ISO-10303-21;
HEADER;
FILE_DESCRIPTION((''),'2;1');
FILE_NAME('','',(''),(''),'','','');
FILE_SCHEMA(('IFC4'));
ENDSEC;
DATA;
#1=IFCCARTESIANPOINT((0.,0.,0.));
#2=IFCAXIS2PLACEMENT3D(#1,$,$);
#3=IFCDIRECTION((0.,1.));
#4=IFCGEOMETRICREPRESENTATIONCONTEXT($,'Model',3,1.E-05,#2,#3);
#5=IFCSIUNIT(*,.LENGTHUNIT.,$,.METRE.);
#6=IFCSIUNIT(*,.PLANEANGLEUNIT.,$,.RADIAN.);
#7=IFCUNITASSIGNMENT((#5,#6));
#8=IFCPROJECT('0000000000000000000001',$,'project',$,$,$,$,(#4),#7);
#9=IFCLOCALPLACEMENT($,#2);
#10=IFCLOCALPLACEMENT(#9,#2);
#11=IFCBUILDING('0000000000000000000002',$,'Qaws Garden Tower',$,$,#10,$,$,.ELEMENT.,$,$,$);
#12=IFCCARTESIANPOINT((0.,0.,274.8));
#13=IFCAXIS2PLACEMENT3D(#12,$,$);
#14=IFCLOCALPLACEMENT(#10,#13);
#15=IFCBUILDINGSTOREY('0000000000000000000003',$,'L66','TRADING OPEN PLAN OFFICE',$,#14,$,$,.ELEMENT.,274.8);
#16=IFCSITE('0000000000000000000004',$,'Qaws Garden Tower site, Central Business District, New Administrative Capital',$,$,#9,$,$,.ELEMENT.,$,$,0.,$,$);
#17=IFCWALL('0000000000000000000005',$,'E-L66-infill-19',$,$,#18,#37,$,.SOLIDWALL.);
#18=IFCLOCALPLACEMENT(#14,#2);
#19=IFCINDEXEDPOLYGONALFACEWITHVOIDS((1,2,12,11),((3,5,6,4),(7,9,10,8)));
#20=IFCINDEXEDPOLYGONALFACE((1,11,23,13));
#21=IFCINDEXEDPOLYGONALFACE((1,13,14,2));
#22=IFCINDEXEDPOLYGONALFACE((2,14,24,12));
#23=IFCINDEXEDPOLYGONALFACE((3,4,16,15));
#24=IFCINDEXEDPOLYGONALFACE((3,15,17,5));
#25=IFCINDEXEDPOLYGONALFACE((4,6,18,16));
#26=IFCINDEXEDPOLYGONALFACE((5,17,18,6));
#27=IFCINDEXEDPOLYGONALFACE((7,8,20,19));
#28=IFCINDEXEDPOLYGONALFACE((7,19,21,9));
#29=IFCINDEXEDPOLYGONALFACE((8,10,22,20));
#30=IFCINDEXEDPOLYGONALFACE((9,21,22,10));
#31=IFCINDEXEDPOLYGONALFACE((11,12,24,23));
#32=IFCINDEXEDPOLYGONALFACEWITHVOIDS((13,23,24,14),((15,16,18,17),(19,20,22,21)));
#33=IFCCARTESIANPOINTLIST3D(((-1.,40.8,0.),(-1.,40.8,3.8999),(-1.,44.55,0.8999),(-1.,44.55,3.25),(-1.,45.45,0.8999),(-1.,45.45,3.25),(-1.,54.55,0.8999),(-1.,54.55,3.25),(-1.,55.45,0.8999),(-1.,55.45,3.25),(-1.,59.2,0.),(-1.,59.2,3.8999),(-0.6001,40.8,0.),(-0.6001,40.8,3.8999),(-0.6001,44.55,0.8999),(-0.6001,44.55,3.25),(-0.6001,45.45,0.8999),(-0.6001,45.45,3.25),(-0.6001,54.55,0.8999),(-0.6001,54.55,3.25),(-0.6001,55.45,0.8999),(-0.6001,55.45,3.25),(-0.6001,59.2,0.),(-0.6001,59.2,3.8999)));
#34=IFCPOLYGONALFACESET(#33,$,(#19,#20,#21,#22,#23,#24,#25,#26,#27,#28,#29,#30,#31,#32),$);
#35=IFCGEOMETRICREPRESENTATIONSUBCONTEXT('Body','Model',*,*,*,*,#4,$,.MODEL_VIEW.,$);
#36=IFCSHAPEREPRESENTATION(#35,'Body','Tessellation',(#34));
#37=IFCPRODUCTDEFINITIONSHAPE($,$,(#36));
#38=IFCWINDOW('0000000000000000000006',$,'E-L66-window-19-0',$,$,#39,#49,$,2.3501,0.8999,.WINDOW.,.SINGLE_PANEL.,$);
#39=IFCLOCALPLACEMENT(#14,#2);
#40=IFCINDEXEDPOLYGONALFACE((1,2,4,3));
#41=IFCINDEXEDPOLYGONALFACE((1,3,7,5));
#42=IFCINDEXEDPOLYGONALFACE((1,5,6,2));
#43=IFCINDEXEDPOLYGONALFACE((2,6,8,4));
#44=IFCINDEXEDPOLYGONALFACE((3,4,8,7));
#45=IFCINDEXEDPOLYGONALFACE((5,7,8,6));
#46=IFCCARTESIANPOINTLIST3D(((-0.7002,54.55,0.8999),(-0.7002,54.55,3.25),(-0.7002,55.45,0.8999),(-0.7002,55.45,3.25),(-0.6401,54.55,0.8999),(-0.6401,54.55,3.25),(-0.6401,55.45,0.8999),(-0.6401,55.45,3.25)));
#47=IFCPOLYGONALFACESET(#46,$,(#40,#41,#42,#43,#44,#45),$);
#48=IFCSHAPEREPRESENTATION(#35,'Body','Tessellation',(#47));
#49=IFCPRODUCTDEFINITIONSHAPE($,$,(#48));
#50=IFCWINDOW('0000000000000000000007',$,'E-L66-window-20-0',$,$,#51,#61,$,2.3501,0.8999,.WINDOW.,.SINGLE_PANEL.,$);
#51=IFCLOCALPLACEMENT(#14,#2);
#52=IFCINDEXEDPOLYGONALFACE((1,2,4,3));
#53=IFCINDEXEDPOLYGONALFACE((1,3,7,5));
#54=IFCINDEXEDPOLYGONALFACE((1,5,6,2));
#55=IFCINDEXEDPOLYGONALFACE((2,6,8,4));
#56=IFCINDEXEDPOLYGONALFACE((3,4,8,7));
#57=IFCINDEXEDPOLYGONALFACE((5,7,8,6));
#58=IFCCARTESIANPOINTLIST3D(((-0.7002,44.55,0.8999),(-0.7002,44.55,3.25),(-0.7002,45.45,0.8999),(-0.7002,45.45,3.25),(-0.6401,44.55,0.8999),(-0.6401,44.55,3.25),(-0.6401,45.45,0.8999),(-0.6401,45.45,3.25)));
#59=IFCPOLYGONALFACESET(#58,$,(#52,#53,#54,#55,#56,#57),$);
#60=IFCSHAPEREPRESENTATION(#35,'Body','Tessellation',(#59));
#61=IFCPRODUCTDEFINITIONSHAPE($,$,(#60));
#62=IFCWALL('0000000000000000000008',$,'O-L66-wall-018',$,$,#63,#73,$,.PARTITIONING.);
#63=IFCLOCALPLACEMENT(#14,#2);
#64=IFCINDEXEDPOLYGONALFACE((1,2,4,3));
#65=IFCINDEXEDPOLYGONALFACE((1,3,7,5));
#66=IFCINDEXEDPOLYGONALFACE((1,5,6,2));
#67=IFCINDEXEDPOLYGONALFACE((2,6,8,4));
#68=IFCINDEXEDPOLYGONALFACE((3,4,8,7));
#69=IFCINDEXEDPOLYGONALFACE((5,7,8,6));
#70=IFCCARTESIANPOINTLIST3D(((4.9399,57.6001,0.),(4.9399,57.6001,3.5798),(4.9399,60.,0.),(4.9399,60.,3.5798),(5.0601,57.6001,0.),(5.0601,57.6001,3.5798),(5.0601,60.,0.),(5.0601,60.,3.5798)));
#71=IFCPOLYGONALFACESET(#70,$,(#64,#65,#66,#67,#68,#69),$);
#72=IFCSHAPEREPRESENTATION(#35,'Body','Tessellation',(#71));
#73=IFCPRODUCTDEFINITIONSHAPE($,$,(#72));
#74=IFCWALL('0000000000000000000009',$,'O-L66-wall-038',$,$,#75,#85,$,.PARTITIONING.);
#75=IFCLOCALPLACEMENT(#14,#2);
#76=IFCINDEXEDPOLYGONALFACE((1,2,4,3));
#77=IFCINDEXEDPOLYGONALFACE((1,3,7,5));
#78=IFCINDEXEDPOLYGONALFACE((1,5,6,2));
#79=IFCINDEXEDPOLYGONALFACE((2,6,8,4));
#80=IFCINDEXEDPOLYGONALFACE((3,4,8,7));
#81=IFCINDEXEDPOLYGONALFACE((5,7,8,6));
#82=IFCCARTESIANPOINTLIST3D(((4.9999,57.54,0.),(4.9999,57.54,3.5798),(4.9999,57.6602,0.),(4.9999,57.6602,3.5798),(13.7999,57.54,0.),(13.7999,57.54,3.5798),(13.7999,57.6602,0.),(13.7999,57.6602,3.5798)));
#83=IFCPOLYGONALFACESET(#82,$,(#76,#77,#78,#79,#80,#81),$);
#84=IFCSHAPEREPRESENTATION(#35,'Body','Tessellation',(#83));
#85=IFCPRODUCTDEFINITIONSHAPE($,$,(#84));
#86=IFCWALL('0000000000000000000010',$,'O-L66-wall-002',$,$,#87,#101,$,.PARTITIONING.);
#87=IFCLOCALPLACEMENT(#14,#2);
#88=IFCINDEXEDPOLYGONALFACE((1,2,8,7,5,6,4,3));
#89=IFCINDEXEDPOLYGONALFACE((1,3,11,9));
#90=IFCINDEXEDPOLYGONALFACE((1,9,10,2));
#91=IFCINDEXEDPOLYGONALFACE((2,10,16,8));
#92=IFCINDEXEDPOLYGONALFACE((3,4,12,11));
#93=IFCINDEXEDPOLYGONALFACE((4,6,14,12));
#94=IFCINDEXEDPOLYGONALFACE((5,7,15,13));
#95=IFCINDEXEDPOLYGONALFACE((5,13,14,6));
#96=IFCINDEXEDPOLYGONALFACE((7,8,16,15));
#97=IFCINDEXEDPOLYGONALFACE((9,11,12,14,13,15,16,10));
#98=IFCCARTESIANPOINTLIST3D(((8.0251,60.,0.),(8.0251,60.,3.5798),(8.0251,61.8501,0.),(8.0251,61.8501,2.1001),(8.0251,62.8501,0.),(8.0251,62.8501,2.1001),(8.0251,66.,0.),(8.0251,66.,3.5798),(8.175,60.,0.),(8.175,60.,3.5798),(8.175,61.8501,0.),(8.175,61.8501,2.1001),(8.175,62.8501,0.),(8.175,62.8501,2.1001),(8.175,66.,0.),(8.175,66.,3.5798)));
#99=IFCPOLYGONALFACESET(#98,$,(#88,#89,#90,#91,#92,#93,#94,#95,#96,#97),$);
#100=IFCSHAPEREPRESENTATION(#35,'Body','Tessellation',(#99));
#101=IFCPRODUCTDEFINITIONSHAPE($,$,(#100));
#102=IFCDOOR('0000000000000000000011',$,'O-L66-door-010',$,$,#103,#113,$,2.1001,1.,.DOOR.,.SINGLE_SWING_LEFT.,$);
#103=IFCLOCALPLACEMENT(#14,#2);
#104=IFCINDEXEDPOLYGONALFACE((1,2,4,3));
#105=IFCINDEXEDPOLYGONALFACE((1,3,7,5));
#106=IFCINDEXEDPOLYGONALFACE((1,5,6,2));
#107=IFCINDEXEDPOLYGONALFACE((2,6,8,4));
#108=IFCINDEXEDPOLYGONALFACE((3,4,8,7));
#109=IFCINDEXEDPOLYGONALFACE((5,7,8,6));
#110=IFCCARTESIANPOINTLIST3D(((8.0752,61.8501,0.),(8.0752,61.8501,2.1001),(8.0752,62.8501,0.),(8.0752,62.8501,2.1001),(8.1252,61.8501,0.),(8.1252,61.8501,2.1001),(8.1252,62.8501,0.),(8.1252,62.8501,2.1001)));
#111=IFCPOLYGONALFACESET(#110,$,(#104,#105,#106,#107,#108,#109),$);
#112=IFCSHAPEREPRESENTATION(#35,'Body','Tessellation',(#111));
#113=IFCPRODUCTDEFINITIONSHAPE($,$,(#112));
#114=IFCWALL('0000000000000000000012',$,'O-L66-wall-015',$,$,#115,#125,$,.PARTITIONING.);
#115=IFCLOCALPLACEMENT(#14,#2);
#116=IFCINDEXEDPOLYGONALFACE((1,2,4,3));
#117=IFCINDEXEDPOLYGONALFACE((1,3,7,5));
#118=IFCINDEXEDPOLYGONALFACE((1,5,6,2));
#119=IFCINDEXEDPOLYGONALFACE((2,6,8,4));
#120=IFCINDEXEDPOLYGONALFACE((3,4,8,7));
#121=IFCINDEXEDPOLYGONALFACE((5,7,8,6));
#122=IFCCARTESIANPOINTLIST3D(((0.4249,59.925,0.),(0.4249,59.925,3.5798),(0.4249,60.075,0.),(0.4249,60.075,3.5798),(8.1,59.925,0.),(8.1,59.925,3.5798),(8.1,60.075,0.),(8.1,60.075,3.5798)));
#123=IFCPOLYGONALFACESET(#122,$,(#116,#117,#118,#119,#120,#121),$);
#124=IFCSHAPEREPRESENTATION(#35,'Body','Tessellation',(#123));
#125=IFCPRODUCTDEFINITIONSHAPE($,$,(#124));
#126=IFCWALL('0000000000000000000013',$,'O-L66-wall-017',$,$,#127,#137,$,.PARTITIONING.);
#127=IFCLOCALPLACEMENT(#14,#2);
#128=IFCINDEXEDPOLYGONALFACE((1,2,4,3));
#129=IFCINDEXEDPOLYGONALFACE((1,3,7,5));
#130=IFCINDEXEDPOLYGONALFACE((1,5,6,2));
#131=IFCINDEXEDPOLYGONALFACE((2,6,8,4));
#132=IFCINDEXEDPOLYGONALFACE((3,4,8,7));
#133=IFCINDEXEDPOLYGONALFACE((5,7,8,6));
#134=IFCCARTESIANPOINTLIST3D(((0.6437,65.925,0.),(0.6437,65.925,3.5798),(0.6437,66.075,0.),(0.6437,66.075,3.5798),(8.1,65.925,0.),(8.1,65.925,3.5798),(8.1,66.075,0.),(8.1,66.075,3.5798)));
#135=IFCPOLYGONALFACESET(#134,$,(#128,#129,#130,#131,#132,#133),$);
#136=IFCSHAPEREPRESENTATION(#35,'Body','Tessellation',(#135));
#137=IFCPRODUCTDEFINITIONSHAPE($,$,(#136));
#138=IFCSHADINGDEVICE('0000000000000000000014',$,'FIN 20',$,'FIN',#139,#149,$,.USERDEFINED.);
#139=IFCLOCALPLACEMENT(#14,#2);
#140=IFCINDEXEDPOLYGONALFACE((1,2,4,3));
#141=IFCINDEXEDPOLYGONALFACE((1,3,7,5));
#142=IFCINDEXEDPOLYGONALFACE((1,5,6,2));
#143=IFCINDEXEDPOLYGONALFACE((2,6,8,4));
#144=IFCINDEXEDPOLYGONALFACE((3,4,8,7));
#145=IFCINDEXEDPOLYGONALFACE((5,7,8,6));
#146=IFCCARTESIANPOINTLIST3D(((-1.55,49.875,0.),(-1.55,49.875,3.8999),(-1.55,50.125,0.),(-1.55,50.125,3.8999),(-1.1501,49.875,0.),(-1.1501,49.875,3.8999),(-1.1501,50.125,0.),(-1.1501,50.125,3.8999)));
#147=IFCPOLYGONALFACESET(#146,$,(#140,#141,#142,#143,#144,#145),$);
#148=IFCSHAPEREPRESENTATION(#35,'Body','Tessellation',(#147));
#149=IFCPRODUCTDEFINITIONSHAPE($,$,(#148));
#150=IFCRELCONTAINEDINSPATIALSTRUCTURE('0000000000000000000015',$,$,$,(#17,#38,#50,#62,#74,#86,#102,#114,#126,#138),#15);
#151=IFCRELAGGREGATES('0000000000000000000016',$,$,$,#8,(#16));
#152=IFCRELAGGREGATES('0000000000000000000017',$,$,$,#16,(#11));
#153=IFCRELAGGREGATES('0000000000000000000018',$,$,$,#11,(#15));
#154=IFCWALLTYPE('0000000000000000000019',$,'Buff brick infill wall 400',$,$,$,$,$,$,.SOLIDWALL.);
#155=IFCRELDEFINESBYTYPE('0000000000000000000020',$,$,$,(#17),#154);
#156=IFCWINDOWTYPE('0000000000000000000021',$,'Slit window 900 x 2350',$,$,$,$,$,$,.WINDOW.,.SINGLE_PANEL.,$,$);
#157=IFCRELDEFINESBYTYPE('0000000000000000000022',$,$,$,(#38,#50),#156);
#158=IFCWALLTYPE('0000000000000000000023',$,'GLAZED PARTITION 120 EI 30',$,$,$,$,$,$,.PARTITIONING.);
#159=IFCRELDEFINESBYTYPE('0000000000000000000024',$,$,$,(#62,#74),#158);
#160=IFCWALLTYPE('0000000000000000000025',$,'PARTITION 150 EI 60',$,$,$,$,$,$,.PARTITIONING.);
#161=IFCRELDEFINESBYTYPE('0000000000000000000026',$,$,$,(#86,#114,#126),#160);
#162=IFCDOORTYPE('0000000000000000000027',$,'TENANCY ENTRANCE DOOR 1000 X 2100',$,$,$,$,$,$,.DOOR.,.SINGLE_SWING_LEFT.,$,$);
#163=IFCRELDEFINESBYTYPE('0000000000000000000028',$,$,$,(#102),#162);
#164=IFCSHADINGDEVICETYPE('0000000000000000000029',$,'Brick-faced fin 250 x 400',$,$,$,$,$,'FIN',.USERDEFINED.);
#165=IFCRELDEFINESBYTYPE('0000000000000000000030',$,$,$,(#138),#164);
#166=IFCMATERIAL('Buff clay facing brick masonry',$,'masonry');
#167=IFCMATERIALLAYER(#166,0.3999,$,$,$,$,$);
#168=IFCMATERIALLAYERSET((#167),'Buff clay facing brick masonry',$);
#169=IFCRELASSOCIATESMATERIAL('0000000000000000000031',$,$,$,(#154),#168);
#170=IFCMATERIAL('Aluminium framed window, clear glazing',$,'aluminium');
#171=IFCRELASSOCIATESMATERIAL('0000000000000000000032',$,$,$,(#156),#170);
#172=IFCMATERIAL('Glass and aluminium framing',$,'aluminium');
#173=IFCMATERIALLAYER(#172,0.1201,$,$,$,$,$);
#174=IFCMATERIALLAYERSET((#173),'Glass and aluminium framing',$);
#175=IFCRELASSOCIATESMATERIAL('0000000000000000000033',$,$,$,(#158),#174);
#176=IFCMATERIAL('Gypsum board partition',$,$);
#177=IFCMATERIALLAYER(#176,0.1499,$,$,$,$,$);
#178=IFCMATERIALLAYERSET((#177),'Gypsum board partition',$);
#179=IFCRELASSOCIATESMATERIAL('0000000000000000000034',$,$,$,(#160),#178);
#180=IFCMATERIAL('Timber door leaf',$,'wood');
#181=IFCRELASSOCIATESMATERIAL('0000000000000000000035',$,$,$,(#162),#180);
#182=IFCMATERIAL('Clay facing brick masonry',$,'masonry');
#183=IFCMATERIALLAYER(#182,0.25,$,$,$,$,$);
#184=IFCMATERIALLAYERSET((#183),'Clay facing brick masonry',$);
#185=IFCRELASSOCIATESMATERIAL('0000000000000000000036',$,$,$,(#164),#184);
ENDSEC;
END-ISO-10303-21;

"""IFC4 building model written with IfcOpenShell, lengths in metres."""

from ifc_helpers import new_model, si_unit, direction, frame, frame_2d, origin, origin_2d, place, context, subcontext, project, spatial, rectangle, extrude, material, layer, layer_set, type_object, element, fill, save


model = new_model("IFC4")

# Units and contexts
model_context = context("Model", 3, precision=1e-05, world=origin(), true_north=direction((0.0, 1.0)))
body_context = subcontext(model_context, "Body", "Model", "MODEL_VIEW")
ifc_project = project(units=[si_unit("LENGTHUNIT", "METRE"), si_unit("PLANEANGLEUNIT", "RADIAN")], contexts=[model_context])

# Site, building, storey
site_placement = place(None, origin())
site = spatial("IfcSite", under=ifc_project, at=site_placement, Name="Qaws Garden Tower site, Central Business District, New Administrative Capital", CompositionType="ELEMENT", RefElevation=0.0)
building_placement = place(site_placement, origin())
building = spatial("IfcBuilding", under=site, at=building_placement, Name="Qaws Garden Tower", CompositionType="ELEMENT")
storey_placement = place(building_placement, frame((0.0, 0.0, 274.8)))
storey = spatial("IfcBuildingStorey", under=building, at=storey_placement, Name="L66", Description="TRADING OPEN PLAN OFFICE", CompositionType="ELEMENT", Elevation=274.8)

# Shared definitions
ifc_material_1 = material(Name="Buff clay facing brick masonry", Category="masonry")
ifc_layer_1 = layer(ifc_material_1, 0.3999)
ifc_layer_set_1 = layer_set([ifc_layer_1], Name="Buff clay facing brick masonry")
wall_type_1 = type_object("IfcWallType", Name="Buff brick infill wall 400", PredefinedType="SOLIDWALL", material=ifc_layer_set_1)

# Wall, openings, windows
wall_1_placement = place(storey_placement, frame((-0.8, 59.2, 0.0), z_axis=(0.0, 0.0, 1.0), x_axis=(0.0, -1.0, 0.0)))
wall_1 = element("IfcWall", 1, at=wall_1_placement, inside=storey, type_object=wall_type_1, Name="E-L66-infill-19", PredefinedType="SOLIDWALL", context=body_context, shape_type="SweptSolid", body=[
    extrude(rectangle(XDim=18.3999, YDim=0.3999, at=frame_2d((9.2, 0.0))), origin(), (0.0, 0.0, 1.0), 3.8999),
])
opening_1_placement = place(wall_1_placement, frame((3.75, 0.0, 0.8999)))
opening_1 = element("IfcOpeningElement", 2, at=opening_1_placement, cuts=wall_1, PredefinedType="OPENING", context=body_context, shape_type="SweptSolid", body=[
    extrude(rectangle(XDim=0.8999, YDim=2.3501, at=frame_2d((0.45, 1.175))), frame((0.0, 0.21, 0.0), z_axis=(0.0, -1.0, 0.0), x_axis=(1.0, 0.0, 0.0)), (0.0, 0.0, 1.0), 0.4199),
])
opening_2_placement = place(wall_1_placement, frame((13.75, 0.0, 0.8999)))
opening_2 = element("IfcOpeningElement", 3, at=opening_2_placement, cuts=wall_1, PredefinedType="OPENING", context=body_context, shape_type="SweptSolid", body=[
    extrude(rectangle(XDim=0.8999, YDim=2.3501, at=frame_2d((0.45, 1.175))), frame((0.0, 0.21, 0.0), z_axis=(0.0, -1.0, 0.0), x_axis=(1.0, 0.0, 0.0)), (0.0, 0.0, 1.0), 0.4199),
])
ifc_material_2 = material(Name="Aluminium framed window, clear glazing", Category="aluminium")
window_type_1 = type_object("IfcWindowType", Name="Slit window 900 x 2350", PartitioningType="SINGLE_PANEL", PredefinedType="WINDOW", material=ifc_material_2)
window_1_placement = place(opening_1_placement, origin())
window_1 = element("IfcWindow", 4, at=window_1_placement, inside=storey, type_object=window_type_1, Name="E-L66-window-19-0", OverallHeight=2.3501, OverallWidth=0.8999, PartitioningType="SINGLE_PANEL", PredefinedType="WINDOW", context=body_context, shape_type="SweptSolid", body=[
    extrude(rectangle(XDim=0.8999, YDim=2.3501, at=frame_2d((0.45, 1.175))), frame((0.0, 0.1599, 0.0), z_axis=(0.0, -1.0, 0.0), x_axis=(1.0, 0.0, 0.0)), (0.0, 0.0, 1.0), 0.0601),
])
fill(opening_1, window_1)
window_2_placement = place(opening_2_placement, origin())
window_2 = element("IfcWindow", 5, at=window_2_placement, inside=storey, type_object=window_type_1, Name="E-L66-window-20-0", OverallHeight=2.3501, OverallWidth=0.8999, PartitioningType="SINGLE_PANEL", PredefinedType="WINDOW", context=body_context, shape_type="SweptSolid", body=[
    extrude(rectangle(XDim=0.8999, YDim=2.3501, at=frame_2d((0.45, 1.175))), frame((0.0, 0.1599, 0.0), z_axis=(0.0, -1.0, 0.0), x_axis=(1.0, 0.0, 0.0)), (0.0, 0.0, 1.0), 0.0601),
])
fill(opening_2, window_2)

# Walls
ifc_material_3 = material(Name="Glass and aluminium framing", Category="aluminium")
ifc_layer_2 = layer(ifc_material_3, 0.1201)
ifc_layer_set_2 = layer_set([ifc_layer_2], Name="Glass and aluminium framing")
wall_type_2 = type_object("IfcWallType", Name="GLAZED PARTITION 120 EI 30", PredefinedType="PARTITIONING", material=ifc_layer_set_2)
wall_2_placement = place(storey_placement, frame((5.0, 57.6001, 0.0), z_axis=(0.0, 0.0, 1.0), x_axis=(0.0, 1.0, 0.0)))
element("IfcWall", 6, at=wall_2_placement, inside=storey, type_object=wall_type_2, Name="O-L66-wall-018", PredefinedType="PARTITIONING", context=body_context, shape_type="SweptSolid", body=[
    extrude(rectangle(XDim=2.3999, YDim=0.1201, at=frame_2d((1.2, 0.0))), origin(), (0.0, 0.0, 1.0), 3.5798),
])
wall_3_placement = place(storey_placement, frame((5.0, 57.6001, 0.0), z_axis=(0.0, 0.0, 1.0), x_axis=(1.0, 0.0, 0.0)))
element("IfcWall", 7, at=wall_3_placement, inside=storey, type_object=wall_type_2, Name="O-L66-wall-038", PredefinedType="PARTITIONING", context=body_context, shape_type="SweptSolid", body=[
    extrude(rectangle(XDim=8.8, YDim=0.1201, at=frame_2d((4.3999, 0.0))), origin(), (0.0, 0.0, 1.0), 3.5798),
])

# Wall, opening, door
ifc_material_4 = material(Name="Gypsum board partition")
ifc_layer_3 = layer(ifc_material_4, 0.1499)
ifc_layer_set_3 = layer_set([ifc_layer_3], Name="Gypsum board partition")
wall_type_3 = type_object("IfcWallType", Name="PARTITION 150 EI 60", PredefinedType="PARTITIONING", material=ifc_layer_set_3)
wall_4_placement = place(storey_placement, frame((8.1001, 60.0, 0.0), z_axis=(0.0, 0.0, 1.0), x_axis=(0.0, 1.0, 0.0)))
wall_4 = element("IfcWall", 8, at=wall_4_placement, inside=storey, type_object=wall_type_3, Name="O-L66-wall-002", PredefinedType="PARTITIONING", context=body_context, shape_type="SweptSolid", body=[
    extrude(rectangle(XDim=6.0, YDim=0.1499, at=frame_2d((3.0, 0.0))), origin(), (0.0, 0.0, 1.0), 3.5798),
])
opening_3_placement = place(wall_4_placement, frame((1.8501, 0.0, 0.0)))
opening_3 = element("IfcOpeningElement", 9, at=opening_3_placement, cuts=wall_4, PredefinedType="OPENING", context=body_context, shape_type="SweptSolid", body=[
    extrude(rectangle(XDim=1.0, YDim=2.1001, at=frame_2d((0.5, 1.05))), frame((0.0, 0.085, 0.0), z_axis=(0.0, -1.0, 0.0), x_axis=(1.0, 0.0, 0.0)), (0.0, 0.0, 1.0), 0.1699),
])
ifc_material_5 = material(Name="Timber door leaf", Category="wood")
door_type = type_object("IfcDoorType", Name="TENANCY ENTRANCE DOOR 1000 X 2100", OperationType="SINGLE_SWING_LEFT", PredefinedType="DOOR", material=ifc_material_5)
door_placement = place(opening_3_placement, origin())
door = element("IfcDoor", 10, at=door_placement, inside=storey, type_object=door_type, Name="O-L66-door-010", OperationType="SINGLE_SWING_LEFT", OverallHeight=2.1001, OverallWidth=1.0, PredefinedType="DOOR", context=body_context, shape_type="SweptSolid", body=[
    extrude(rectangle(XDim=1.0, YDim=2.1001, at=frame_2d((0.5, 1.05))), frame((0.0, 0.0249, 0.0), z_axis=(0.0, -1.0, 0.0), x_axis=(1.0, 0.0, 0.0)), (0.0, 0.0, 1.0), 0.05),
])
fill(opening_3, door)

# Walls
wall_5_placement = place(storey_placement, frame((0.425, 60.0, 0.0), z_axis=(0.0, 0.0, 1.0), x_axis=(1.0, 0.0, 0.0)))
element("IfcWall", 11, at=wall_5_placement, inside=storey, type_object=wall_type_3, Name="O-L66-wall-015", PredefinedType="PARTITIONING", context=body_context, shape_type="SweptSolid", body=[
    extrude(rectangle(XDim=7.675, YDim=0.1499, at=frame_2d((3.8374, 0.0))), origin(), (0.0, 0.0, 1.0), 3.5798),
])
wall_6_placement = place(storey_placement, frame((0.6438, 66.0, 0.0), z_axis=(0.0, 0.0, 1.0), x_axis=(1.0, 0.0, 0.0)))
element("IfcWall", 12, at=wall_6_placement, inside=storey, type_object=wall_type_3, Name="O-L66-wall-017", PredefinedType="PARTITIONING", context=body_context, shape_type="SweptSolid", body=[
    extrude(rectangle(XDim=7.4563, YDim=0.1499, at=frame_2d((3.728, 0.0))), origin(), (0.0, 0.0, 1.0), 3.5798),
])

# Shading device
ifc_material_6 = material(Name="Clay facing brick masonry", Category="masonry")
ifc_layer_4 = layer(ifc_material_6, 0.25)
ifc_layer_set_4 = layer_set([ifc_layer_4], Name="Clay facing brick masonry")
shading_device_type = type_object("IfcShadingDeviceType", Name="Brick-faced fin 250 x 400", ElementType="FIN", PredefinedType="USERDEFINED", material=ifc_layer_set_4)
shading_device_placement = place(storey_placement, frame((-1.3501, 50.0, 0.0), z_axis=(0.0, 0.0, 1.0), x_axis=(0.0, -1.0, 0.0)))
element("IfcShadingDevice", 13, at=shading_device_placement, inside=storey, type_object=shading_device_type, Name="FIN 20", ObjectType="FIN", PredefinedType="USERDEFINED", context=body_context, shape_type="SweptSolid", body=[
    extrude(rectangle(XDim=0.25, YDim=0.3999, at=origin_2d()), origin(), (0.0, 0.0, 1.0), 3.8999),
])

save(model, "model.ifc")
